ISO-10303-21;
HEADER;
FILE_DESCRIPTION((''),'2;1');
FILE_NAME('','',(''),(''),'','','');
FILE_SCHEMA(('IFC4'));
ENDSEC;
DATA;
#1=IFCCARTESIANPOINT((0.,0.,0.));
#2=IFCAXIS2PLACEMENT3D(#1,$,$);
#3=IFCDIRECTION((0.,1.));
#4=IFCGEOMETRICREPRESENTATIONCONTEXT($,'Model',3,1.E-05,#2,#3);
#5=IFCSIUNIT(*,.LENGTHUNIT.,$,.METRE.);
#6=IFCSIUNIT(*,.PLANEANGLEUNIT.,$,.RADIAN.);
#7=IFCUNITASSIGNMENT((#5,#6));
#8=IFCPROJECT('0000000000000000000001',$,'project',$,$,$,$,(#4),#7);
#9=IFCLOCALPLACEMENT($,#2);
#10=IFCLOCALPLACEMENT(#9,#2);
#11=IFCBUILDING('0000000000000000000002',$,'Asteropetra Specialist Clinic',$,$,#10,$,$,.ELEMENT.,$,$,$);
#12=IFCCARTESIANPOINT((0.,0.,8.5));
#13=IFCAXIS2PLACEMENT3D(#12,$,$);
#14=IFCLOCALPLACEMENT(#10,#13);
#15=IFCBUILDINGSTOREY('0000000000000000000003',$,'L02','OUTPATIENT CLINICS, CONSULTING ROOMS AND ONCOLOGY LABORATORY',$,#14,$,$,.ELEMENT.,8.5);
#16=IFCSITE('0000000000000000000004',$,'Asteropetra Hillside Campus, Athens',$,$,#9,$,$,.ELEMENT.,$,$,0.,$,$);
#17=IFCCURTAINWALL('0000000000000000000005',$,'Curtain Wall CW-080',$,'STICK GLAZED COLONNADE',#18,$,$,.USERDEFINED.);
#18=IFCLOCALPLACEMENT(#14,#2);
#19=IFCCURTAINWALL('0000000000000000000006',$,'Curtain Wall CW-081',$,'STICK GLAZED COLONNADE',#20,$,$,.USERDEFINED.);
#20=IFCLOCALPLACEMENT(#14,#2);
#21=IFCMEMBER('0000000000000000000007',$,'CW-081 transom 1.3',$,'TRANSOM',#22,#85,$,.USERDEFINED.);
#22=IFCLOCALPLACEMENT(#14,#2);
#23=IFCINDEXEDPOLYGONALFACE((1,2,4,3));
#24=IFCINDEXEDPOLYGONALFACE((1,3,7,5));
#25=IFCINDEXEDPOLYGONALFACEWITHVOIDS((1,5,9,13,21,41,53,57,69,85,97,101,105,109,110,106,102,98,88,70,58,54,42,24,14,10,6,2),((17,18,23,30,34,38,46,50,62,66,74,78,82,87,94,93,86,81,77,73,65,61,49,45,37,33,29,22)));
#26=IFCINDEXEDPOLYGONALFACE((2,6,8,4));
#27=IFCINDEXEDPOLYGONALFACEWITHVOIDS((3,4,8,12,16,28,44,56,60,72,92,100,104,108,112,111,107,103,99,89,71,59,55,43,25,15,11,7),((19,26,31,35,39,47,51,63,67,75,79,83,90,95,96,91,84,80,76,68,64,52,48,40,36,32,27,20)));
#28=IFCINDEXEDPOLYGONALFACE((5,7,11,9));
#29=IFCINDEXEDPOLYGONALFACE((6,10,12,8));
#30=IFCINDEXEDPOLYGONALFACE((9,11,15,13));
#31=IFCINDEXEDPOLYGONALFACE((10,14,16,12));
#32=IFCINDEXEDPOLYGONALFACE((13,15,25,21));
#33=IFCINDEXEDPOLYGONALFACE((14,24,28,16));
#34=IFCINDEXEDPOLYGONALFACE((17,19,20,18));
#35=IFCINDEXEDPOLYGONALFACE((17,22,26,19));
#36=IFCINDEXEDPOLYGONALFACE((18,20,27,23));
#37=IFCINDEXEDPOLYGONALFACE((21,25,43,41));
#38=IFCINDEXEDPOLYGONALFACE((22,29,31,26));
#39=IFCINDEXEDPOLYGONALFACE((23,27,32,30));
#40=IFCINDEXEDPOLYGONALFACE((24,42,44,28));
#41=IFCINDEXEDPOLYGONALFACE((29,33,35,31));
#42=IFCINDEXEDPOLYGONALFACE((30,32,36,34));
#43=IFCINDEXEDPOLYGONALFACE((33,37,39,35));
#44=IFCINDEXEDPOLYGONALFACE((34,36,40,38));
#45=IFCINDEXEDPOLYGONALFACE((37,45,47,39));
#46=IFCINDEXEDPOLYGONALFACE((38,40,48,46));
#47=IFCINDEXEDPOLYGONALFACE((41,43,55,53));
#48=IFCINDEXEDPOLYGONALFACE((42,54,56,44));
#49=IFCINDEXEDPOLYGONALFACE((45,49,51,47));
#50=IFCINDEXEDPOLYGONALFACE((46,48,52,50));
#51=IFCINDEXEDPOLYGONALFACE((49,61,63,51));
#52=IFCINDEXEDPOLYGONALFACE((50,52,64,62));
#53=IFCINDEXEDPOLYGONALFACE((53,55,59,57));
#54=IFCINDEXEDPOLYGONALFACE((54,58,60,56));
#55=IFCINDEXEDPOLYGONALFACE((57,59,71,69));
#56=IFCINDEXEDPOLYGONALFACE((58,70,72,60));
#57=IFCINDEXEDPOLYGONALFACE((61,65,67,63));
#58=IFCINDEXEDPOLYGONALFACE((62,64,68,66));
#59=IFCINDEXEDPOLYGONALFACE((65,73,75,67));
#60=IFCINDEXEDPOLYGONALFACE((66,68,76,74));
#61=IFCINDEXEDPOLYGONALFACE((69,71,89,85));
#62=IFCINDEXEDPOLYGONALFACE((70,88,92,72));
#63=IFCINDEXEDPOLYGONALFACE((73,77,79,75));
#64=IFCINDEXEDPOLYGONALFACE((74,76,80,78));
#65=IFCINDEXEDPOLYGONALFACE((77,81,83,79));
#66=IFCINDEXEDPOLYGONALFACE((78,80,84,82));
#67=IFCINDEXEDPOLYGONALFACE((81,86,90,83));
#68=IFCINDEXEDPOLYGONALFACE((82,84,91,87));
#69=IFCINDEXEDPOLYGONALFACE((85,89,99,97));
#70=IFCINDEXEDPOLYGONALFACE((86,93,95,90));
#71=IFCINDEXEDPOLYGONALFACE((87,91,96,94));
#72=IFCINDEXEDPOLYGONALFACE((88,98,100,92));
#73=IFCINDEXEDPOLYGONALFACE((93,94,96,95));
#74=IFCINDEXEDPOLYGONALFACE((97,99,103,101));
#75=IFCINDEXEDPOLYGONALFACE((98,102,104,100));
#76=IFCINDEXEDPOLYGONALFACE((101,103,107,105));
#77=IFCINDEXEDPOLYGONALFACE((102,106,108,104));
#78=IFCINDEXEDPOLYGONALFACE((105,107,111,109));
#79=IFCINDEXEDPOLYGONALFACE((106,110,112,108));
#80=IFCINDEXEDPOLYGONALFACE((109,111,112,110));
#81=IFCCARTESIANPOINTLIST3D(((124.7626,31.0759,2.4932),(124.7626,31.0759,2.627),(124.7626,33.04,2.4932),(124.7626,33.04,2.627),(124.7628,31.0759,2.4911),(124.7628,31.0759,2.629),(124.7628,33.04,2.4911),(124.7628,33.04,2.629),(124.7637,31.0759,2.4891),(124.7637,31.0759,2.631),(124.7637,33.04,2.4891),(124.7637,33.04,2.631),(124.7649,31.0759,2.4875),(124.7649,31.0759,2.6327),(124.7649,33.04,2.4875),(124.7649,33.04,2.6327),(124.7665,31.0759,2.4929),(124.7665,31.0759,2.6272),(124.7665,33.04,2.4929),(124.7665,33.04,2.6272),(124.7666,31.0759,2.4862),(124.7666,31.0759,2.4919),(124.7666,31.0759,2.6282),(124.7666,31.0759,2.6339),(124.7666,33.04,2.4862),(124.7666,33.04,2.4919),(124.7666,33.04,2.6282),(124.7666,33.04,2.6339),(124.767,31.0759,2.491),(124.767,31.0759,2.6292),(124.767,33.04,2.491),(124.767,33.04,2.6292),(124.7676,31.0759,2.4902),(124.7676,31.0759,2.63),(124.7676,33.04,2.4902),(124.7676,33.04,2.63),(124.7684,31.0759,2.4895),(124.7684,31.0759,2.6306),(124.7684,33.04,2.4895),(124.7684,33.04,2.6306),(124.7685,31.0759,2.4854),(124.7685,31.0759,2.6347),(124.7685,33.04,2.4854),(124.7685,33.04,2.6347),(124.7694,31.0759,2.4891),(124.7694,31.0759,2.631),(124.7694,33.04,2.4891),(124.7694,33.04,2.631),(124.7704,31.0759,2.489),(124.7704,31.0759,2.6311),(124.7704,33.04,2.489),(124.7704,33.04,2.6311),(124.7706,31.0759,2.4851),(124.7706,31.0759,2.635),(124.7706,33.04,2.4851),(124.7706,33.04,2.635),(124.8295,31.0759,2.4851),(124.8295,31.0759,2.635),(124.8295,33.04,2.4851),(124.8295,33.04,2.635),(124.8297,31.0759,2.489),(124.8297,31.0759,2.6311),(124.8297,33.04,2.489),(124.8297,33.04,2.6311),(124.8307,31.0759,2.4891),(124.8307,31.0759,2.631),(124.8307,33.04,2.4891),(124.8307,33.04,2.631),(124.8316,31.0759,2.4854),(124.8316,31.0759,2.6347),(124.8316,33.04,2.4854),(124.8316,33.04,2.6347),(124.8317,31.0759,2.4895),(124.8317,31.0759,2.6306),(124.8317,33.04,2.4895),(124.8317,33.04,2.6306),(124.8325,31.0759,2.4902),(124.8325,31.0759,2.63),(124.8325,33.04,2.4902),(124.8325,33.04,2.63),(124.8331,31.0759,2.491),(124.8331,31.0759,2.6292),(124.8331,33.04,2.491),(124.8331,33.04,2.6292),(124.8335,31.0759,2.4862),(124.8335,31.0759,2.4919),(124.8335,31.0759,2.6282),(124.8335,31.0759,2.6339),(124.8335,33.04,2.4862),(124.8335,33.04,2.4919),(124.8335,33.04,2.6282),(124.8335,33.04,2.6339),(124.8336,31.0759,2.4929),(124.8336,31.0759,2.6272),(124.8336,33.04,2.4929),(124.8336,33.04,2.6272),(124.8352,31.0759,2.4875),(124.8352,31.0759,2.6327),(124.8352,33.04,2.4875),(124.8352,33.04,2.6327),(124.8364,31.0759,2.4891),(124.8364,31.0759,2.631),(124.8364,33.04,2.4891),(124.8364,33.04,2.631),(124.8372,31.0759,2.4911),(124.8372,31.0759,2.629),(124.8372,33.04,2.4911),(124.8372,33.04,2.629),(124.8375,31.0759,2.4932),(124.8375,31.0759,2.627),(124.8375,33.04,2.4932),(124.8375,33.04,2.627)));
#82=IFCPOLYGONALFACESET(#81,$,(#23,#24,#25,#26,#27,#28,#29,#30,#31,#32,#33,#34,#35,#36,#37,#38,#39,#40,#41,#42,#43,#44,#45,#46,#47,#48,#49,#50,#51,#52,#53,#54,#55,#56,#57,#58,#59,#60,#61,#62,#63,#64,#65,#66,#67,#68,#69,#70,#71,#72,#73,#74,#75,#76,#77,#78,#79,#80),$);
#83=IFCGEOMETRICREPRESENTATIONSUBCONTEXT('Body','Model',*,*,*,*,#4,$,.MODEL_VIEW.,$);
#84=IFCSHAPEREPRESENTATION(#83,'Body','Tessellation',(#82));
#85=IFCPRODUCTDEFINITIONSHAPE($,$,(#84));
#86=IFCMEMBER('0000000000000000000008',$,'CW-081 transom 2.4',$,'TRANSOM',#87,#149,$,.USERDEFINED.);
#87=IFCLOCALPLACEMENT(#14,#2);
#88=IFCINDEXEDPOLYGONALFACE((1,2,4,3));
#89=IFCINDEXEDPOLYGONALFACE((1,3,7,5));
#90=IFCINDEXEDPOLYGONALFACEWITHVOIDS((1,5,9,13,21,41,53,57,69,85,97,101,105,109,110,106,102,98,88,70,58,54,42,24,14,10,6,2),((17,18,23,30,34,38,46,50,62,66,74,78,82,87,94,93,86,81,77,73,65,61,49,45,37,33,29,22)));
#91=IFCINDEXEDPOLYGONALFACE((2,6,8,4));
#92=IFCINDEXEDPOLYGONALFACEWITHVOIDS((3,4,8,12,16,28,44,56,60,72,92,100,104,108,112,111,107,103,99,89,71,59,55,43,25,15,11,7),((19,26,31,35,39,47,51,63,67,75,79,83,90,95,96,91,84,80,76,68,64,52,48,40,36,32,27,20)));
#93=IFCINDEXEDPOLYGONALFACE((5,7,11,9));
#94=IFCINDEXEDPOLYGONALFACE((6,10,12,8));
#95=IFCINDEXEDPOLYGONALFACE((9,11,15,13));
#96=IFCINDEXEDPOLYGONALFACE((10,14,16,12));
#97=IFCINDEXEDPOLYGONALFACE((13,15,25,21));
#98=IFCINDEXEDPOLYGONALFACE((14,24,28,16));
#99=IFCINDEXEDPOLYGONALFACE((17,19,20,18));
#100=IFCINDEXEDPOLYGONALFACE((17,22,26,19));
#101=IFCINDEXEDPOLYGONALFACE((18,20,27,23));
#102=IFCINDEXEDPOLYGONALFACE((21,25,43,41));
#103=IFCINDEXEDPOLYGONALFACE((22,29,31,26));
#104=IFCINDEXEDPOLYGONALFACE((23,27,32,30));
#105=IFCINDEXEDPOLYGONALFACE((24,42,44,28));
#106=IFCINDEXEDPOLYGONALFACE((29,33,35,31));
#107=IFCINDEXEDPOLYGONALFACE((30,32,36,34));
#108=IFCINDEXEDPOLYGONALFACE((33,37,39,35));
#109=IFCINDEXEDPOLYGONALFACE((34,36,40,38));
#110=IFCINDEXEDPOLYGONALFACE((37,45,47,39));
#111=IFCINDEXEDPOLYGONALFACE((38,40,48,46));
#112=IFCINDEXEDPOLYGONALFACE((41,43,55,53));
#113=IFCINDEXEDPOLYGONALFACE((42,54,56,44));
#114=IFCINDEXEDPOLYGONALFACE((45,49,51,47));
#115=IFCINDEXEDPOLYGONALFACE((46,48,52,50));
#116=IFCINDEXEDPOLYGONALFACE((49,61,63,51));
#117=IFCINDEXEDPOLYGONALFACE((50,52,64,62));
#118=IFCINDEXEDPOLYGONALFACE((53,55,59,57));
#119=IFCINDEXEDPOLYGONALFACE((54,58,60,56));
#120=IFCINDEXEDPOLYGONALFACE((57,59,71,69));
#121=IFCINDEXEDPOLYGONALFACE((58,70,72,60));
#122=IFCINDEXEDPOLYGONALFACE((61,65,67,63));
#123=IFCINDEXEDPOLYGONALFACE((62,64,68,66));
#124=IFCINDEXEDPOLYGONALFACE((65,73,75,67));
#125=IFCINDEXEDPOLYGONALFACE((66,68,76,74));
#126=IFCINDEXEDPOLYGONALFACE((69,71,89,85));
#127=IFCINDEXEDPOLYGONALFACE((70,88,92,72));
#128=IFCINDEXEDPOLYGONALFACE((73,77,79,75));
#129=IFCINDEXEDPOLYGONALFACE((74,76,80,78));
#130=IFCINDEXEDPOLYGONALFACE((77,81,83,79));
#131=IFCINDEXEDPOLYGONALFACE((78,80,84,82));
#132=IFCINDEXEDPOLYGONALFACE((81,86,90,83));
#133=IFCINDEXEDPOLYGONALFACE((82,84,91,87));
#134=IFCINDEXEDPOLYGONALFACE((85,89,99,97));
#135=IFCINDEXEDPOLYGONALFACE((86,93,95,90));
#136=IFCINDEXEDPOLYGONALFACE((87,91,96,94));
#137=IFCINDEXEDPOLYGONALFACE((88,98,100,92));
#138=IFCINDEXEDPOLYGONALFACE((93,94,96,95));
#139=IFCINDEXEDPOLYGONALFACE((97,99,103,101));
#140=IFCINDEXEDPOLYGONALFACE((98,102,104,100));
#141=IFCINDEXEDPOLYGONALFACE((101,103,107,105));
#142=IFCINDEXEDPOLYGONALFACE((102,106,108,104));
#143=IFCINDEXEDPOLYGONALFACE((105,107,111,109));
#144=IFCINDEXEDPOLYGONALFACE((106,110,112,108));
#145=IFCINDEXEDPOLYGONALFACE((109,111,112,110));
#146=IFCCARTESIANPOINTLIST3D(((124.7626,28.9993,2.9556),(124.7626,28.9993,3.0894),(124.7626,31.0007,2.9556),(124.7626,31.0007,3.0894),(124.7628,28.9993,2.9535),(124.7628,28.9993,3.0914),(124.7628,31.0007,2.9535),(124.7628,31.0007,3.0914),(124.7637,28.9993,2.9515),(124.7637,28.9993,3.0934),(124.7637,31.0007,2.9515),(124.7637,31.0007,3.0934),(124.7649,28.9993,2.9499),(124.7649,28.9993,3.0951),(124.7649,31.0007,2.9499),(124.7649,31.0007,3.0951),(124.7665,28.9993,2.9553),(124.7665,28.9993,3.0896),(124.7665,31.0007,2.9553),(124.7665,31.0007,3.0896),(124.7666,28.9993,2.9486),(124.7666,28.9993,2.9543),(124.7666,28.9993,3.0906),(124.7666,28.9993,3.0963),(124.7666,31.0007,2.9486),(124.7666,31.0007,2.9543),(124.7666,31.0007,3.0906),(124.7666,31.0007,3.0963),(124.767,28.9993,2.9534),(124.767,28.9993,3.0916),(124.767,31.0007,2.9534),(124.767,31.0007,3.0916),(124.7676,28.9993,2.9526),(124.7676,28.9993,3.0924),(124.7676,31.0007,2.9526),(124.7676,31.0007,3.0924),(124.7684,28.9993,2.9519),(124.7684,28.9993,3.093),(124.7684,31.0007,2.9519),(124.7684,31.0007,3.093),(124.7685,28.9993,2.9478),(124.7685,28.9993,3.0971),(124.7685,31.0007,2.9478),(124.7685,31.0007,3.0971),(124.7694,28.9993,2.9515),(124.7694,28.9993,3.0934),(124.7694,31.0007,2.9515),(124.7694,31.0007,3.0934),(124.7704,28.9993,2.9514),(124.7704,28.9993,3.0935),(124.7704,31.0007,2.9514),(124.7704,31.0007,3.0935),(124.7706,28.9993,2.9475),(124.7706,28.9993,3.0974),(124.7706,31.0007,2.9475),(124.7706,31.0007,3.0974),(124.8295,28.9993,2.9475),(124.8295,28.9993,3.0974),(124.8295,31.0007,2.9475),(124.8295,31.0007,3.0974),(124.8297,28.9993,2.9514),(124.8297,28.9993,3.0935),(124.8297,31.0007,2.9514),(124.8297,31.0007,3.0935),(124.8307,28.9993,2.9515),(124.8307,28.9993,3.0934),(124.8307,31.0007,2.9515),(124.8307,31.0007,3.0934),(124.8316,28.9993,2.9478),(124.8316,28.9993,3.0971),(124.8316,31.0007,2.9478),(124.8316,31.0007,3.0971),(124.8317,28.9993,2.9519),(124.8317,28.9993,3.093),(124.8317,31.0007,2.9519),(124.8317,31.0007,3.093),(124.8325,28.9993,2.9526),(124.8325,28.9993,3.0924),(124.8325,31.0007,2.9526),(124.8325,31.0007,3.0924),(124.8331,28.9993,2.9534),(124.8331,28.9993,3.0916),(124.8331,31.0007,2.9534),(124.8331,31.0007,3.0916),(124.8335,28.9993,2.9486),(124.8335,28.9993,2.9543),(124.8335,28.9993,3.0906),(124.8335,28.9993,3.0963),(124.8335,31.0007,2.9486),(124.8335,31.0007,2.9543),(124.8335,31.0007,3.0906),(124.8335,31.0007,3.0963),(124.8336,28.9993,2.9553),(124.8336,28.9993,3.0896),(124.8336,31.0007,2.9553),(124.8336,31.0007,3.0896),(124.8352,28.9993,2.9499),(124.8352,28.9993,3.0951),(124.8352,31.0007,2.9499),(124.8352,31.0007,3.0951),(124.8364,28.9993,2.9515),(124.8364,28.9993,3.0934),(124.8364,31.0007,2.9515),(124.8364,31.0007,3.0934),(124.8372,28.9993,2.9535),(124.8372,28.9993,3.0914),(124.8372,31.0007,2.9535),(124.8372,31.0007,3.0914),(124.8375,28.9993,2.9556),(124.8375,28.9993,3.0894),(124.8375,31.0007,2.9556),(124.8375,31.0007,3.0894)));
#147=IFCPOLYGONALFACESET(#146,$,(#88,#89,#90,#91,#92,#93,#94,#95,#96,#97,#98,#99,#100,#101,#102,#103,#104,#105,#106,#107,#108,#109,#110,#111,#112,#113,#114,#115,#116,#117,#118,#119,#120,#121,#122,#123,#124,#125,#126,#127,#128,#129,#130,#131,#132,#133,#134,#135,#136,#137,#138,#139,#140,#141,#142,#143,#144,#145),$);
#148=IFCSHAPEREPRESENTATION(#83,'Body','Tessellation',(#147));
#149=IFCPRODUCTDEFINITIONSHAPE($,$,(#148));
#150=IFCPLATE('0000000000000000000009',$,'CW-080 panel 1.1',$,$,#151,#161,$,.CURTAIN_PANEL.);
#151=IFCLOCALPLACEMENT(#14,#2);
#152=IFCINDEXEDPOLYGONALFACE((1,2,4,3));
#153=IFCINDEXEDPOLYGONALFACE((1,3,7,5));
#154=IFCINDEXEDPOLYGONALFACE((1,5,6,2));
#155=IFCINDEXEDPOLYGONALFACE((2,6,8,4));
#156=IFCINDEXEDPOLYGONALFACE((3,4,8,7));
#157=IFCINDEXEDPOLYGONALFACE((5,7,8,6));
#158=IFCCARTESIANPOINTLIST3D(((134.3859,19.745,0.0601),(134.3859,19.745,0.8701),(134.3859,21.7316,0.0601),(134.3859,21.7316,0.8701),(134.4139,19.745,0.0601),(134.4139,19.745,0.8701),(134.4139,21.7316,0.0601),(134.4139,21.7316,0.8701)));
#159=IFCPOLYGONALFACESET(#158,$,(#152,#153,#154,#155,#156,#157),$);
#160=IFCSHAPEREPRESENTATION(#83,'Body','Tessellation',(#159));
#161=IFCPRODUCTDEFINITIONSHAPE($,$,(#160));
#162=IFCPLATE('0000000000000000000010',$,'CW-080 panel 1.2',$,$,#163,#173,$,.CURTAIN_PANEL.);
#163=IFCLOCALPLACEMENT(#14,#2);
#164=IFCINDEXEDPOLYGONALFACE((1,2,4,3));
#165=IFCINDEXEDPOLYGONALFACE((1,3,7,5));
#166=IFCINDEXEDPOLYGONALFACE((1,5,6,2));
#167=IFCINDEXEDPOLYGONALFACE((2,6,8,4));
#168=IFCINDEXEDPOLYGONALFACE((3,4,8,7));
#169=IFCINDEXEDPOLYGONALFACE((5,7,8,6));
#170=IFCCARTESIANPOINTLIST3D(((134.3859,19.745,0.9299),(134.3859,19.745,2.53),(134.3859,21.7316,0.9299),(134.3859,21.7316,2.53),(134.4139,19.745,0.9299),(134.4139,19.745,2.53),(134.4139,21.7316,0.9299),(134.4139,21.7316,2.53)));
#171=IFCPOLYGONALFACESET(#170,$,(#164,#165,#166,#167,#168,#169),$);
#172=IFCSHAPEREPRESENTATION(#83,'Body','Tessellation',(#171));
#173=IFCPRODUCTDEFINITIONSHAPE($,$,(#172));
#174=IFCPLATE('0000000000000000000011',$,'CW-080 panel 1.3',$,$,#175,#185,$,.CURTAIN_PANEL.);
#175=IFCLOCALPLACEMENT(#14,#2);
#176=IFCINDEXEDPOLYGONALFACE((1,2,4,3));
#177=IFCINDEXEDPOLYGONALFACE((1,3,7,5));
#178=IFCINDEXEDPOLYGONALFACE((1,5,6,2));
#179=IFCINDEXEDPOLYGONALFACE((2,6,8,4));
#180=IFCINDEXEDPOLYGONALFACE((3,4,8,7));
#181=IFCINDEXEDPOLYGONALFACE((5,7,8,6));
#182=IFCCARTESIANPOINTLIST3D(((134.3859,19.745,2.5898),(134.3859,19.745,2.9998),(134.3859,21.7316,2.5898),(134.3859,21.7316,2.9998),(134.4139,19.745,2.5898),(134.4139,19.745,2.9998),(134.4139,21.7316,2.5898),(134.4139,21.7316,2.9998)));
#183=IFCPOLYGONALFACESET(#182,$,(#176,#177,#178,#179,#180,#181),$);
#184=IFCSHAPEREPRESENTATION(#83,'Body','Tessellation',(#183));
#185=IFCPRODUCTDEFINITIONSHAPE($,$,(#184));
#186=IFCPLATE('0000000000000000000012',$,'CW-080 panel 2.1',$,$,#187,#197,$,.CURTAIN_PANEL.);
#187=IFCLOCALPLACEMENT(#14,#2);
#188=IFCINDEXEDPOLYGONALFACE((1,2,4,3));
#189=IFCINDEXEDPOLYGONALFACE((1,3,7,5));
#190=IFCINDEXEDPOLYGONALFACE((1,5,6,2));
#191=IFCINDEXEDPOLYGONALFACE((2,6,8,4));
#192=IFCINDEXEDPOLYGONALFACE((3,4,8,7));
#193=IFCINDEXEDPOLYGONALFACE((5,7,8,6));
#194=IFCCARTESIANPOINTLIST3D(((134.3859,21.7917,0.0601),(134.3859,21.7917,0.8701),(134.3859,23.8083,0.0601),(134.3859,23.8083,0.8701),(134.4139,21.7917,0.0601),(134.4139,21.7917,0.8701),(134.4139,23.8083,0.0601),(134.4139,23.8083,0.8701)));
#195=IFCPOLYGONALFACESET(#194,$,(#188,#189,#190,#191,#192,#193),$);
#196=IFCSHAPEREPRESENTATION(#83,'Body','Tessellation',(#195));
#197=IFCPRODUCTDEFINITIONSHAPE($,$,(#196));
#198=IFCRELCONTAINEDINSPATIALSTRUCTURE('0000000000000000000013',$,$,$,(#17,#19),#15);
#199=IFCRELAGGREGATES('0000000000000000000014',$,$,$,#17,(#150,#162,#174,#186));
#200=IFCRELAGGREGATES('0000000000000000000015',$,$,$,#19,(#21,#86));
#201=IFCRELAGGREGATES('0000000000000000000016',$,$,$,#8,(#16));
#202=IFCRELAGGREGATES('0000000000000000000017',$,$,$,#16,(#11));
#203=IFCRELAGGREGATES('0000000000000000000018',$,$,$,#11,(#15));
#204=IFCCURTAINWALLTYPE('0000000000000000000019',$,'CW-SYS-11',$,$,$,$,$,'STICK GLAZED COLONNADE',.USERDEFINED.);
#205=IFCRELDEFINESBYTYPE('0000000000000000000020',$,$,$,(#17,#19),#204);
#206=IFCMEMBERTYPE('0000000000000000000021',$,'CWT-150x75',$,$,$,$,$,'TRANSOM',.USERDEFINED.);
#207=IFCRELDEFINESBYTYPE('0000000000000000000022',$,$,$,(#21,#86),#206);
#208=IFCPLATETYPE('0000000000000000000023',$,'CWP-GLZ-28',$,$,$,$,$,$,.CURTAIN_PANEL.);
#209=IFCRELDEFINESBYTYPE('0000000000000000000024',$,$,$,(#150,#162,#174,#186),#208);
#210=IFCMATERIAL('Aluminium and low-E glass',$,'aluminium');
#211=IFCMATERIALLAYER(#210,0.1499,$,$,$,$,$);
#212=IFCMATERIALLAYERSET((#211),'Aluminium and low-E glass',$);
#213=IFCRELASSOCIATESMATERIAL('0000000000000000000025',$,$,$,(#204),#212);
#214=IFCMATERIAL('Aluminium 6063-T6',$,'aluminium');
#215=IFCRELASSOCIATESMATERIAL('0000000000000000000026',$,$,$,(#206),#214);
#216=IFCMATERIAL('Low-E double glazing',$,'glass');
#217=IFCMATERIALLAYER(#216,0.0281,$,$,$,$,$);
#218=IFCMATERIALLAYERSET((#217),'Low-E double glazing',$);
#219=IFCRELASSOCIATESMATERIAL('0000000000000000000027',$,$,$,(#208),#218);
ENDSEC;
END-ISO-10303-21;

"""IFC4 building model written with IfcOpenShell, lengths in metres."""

from ifc_helpers import new_model, si_unit, direction, frame, origin, origin_2d, place, context, subcontext, project, spatial, rectangle, hollow_rectangle, extrude, material, layer, layer_set, material_profile, profile_set, type_object, element, aggregate, save


model = new_model("IFC4")

# Units and contexts
model_context = context("Model", 3, precision=1e-05, world=origin(), true_north=direction((0.0, 1.0)))
body_context = subcontext(model_context, "Body", "Model", "MODEL_VIEW")
ifc_project = project(units=[si_unit("LENGTHUNIT", "METRE"), si_unit("PLANEANGLEUNIT", "RADIAN")], contexts=[model_context])

# Site, building, storey
site_placement = place(None, origin())
site = spatial("IfcSite", under=ifc_project, at=site_placement, Name="Asteropetra Hillside Campus, Athens", CompositionType="ELEMENT", RefElevation=0.0)
building_placement = place(site_placement, origin())
building = spatial("IfcBuilding", under=site, at=building_placement, Name="Asteropetra Specialist Clinic", CompositionType="ELEMENT")
storey_placement = place(building_placement, frame((0.0, 0.0, 8.5)))
storey = spatial("IfcBuildingStorey", under=building, at=storey_placement, Name="L02", Description="OUTPATIENT CLINICS, CONSULTING ROOMS AND ONCOLOGY LABORATORY", CompositionType="ELEMENT", Elevation=8.5)

# Curtain wall
ifc_material_1 = material(Name="Aluminium and low-E glass", Category="aluminium")
ifc_layer_1 = layer(ifc_material_1, 0.1499)
ifc_layer_set_1 = layer_set([ifc_layer_1], Name="Aluminium and low-E glass")
curtain_wall_type = type_object("IfcCurtainWallType", Name="CW-SYS-11", ElementType="STICK GLAZED COLONNADE", PredefinedType="USERDEFINED", material=ifc_layer_set_1)
curtain_wall_1_placement = place(storey_placement, origin())
curtain_wall_1 = element("IfcCurtainWall", 1, at=curtain_wall_1_placement, inside=storey, type_object=curtain_wall_type, Name="Curtain Wall CW-080", ObjectType="STICK GLAZED COLONNADE", PredefinedType="USERDEFINED")

# Curtain wall
curtain_wall_2_placement = place(storey_placement, origin())
curtain_wall_2 = element("IfcCurtainWall", 2, at=curtain_wall_2_placement, inside=storey, type_object=curtain_wall_type, Name="Curtain Wall CW-081", ObjectType="STICK GLAZED COLONNADE", PredefinedType="USERDEFINED")

# Members
ifc_material_2 = material(Name="Aluminium 6063-T6", Category="aluminium")
ifc_material_profile_1 = material_profile(ifc_material_2, hollow_rectangle(XDim=0.075, YDim=0.1499, WallThickness=0.0039, InnerFilletRadius=0.0039, OuterFilletRadius=0.0081, at=origin_2d()), Name="TRN 150x75x4.0")
ifc_profile_set_1 = profile_set([ifc_material_profile_1], Name="Aluminium 6063-T6")
member_type_1 = type_object("IfcMemberType", Name="CWT-150x75", ElementType="TRANSOM", PredefinedType="USERDEFINED", material=ifc_profile_set_1)
member_1_placement = place(storey_placement, frame((124.8, 33.04, 2.5601), z_axis=(0.0, -1.0, 0.0), x_axis=(1.0, 0.0, 0.0)))
member_1 = element("IfcMember", 3, at=member_1_placement, type_object=member_type_1, Name="CW-081 transom 1.3", ObjectType="TRANSOM", PredefinedType="USERDEFINED", context=body_context, shape_type="SweptSolid", body=[
    extrude(hollow_rectangle(XDim=0.075, YDim=0.1499, WallThickness=0.0039, InnerFilletRadius=0.0039, OuterFilletRadius=0.0081, at=origin_2d()), origin(), (0.0, 0.0, 1.0), 1.9641),
])
member_2_placement = place(storey_placement, frame((124.8, 31.0007, 3.0225), z_axis=(0.0, -1.0, 0.0), x_axis=(1.0, 0.0, 0.0)))
member_2 = element("IfcMember", 4, at=member_2_placement, type_object=member_type_1, Name="CW-081 transom 2.4", ObjectType="TRANSOM", PredefinedType="USERDEFINED", context=body_context, shape_type="SweptSolid", body=[
    extrude(hollow_rectangle(XDim=0.075, YDim=0.1499, WallThickness=0.0039, InnerFilletRadius=0.0039, OuterFilletRadius=0.0081, at=origin_2d()), origin(), (0.0, 0.0, 1.0), 2.0015),
])

# Plates
ifc_material_3 = material(Name="Low-E double glazing", Category="glass")
ifc_layer_2 = layer(ifc_material_3, 0.0281)
ifc_layer_set_2 = layer_set([ifc_layer_2], Name="Low-E double glazing")
plate_type_1 = type_object("IfcPlateType", Name="CWP-GLZ-28", PredefinedType="CURTAIN_PANEL", material=ifc_layer_set_2)
plate_1_placement = place(storey_placement, frame((134.3999, 20.7383, 0.0601), z_axis=(0.0, 0.0, 1.0), x_axis=(0.0, 1.0, 0.0)))
plate_1 = element("IfcPlate", 5, at=plate_1_placement, type_object=plate_type_1, Name="CW-080 panel 1.1", PredefinedType="CURTAIN_PANEL", context=body_context, shape_type="SweptSolid", body=[
    extrude(rectangle(XDim=1.9866, YDim=0.0281, at=origin_2d()), origin(), (0.0, 0.0, 1.0), 0.8101),
])
plate_2_placement = place(storey_placement, frame((134.3999, 20.7383, 0.9299), z_axis=(0.0, 0.0, 1.0), x_axis=(0.0, 1.0, 0.0)))
plate_2 = element("IfcPlate", 6, at=plate_2_placement, type_object=plate_type_1, Name="CW-080 panel 1.2", PredefinedType="CURTAIN_PANEL", context=body_context, shape_type="SweptSolid", body=[
    extrude(rectangle(XDim=1.9866, YDim=0.0281, at=origin_2d()), origin(), (0.0, 0.0, 1.0), 1.6001),
])
plate_3_placement = place(storey_placement, frame((134.3999, 20.7383, 2.5898), z_axis=(0.0, 0.0, 1.0), x_axis=(0.0, 1.0, 0.0)))
plate_3 = element("IfcPlate", 7, at=plate_3_placement, type_object=plate_type_1, Name="CW-080 panel 1.3", PredefinedType="CURTAIN_PANEL", context=body_context, shape_type="SweptSolid", body=[
    extrude(rectangle(XDim=1.9866, YDim=0.0281, at=origin_2d()), origin(), (0.0, 0.0, 1.0), 0.4099),
])
plate_4_placement = place(storey_placement, frame((134.3999, 22.8, 0.0601), z_axis=(0.0, 0.0, 1.0), x_axis=(0.0, 1.0, 0.0)))
plate_4 = element("IfcPlate", 8, at=plate_4_placement, type_object=plate_type_1, Name="CW-080 panel 2.1", PredefinedType="CURTAIN_PANEL", context=body_context, shape_type="SweptSolid", body=[
    extrude(rectangle(XDim=2.0166, YDim=0.0281, at=origin_2d()), origin(), (0.0, 0.0, 1.0), 0.8101),
])
aggregate(curtain_wall_1, [plate_1, plate_2, plate_3, plate_4])
aggregate(curtain_wall_2, [member_1, member_2])

save(model, "model.ifc")
